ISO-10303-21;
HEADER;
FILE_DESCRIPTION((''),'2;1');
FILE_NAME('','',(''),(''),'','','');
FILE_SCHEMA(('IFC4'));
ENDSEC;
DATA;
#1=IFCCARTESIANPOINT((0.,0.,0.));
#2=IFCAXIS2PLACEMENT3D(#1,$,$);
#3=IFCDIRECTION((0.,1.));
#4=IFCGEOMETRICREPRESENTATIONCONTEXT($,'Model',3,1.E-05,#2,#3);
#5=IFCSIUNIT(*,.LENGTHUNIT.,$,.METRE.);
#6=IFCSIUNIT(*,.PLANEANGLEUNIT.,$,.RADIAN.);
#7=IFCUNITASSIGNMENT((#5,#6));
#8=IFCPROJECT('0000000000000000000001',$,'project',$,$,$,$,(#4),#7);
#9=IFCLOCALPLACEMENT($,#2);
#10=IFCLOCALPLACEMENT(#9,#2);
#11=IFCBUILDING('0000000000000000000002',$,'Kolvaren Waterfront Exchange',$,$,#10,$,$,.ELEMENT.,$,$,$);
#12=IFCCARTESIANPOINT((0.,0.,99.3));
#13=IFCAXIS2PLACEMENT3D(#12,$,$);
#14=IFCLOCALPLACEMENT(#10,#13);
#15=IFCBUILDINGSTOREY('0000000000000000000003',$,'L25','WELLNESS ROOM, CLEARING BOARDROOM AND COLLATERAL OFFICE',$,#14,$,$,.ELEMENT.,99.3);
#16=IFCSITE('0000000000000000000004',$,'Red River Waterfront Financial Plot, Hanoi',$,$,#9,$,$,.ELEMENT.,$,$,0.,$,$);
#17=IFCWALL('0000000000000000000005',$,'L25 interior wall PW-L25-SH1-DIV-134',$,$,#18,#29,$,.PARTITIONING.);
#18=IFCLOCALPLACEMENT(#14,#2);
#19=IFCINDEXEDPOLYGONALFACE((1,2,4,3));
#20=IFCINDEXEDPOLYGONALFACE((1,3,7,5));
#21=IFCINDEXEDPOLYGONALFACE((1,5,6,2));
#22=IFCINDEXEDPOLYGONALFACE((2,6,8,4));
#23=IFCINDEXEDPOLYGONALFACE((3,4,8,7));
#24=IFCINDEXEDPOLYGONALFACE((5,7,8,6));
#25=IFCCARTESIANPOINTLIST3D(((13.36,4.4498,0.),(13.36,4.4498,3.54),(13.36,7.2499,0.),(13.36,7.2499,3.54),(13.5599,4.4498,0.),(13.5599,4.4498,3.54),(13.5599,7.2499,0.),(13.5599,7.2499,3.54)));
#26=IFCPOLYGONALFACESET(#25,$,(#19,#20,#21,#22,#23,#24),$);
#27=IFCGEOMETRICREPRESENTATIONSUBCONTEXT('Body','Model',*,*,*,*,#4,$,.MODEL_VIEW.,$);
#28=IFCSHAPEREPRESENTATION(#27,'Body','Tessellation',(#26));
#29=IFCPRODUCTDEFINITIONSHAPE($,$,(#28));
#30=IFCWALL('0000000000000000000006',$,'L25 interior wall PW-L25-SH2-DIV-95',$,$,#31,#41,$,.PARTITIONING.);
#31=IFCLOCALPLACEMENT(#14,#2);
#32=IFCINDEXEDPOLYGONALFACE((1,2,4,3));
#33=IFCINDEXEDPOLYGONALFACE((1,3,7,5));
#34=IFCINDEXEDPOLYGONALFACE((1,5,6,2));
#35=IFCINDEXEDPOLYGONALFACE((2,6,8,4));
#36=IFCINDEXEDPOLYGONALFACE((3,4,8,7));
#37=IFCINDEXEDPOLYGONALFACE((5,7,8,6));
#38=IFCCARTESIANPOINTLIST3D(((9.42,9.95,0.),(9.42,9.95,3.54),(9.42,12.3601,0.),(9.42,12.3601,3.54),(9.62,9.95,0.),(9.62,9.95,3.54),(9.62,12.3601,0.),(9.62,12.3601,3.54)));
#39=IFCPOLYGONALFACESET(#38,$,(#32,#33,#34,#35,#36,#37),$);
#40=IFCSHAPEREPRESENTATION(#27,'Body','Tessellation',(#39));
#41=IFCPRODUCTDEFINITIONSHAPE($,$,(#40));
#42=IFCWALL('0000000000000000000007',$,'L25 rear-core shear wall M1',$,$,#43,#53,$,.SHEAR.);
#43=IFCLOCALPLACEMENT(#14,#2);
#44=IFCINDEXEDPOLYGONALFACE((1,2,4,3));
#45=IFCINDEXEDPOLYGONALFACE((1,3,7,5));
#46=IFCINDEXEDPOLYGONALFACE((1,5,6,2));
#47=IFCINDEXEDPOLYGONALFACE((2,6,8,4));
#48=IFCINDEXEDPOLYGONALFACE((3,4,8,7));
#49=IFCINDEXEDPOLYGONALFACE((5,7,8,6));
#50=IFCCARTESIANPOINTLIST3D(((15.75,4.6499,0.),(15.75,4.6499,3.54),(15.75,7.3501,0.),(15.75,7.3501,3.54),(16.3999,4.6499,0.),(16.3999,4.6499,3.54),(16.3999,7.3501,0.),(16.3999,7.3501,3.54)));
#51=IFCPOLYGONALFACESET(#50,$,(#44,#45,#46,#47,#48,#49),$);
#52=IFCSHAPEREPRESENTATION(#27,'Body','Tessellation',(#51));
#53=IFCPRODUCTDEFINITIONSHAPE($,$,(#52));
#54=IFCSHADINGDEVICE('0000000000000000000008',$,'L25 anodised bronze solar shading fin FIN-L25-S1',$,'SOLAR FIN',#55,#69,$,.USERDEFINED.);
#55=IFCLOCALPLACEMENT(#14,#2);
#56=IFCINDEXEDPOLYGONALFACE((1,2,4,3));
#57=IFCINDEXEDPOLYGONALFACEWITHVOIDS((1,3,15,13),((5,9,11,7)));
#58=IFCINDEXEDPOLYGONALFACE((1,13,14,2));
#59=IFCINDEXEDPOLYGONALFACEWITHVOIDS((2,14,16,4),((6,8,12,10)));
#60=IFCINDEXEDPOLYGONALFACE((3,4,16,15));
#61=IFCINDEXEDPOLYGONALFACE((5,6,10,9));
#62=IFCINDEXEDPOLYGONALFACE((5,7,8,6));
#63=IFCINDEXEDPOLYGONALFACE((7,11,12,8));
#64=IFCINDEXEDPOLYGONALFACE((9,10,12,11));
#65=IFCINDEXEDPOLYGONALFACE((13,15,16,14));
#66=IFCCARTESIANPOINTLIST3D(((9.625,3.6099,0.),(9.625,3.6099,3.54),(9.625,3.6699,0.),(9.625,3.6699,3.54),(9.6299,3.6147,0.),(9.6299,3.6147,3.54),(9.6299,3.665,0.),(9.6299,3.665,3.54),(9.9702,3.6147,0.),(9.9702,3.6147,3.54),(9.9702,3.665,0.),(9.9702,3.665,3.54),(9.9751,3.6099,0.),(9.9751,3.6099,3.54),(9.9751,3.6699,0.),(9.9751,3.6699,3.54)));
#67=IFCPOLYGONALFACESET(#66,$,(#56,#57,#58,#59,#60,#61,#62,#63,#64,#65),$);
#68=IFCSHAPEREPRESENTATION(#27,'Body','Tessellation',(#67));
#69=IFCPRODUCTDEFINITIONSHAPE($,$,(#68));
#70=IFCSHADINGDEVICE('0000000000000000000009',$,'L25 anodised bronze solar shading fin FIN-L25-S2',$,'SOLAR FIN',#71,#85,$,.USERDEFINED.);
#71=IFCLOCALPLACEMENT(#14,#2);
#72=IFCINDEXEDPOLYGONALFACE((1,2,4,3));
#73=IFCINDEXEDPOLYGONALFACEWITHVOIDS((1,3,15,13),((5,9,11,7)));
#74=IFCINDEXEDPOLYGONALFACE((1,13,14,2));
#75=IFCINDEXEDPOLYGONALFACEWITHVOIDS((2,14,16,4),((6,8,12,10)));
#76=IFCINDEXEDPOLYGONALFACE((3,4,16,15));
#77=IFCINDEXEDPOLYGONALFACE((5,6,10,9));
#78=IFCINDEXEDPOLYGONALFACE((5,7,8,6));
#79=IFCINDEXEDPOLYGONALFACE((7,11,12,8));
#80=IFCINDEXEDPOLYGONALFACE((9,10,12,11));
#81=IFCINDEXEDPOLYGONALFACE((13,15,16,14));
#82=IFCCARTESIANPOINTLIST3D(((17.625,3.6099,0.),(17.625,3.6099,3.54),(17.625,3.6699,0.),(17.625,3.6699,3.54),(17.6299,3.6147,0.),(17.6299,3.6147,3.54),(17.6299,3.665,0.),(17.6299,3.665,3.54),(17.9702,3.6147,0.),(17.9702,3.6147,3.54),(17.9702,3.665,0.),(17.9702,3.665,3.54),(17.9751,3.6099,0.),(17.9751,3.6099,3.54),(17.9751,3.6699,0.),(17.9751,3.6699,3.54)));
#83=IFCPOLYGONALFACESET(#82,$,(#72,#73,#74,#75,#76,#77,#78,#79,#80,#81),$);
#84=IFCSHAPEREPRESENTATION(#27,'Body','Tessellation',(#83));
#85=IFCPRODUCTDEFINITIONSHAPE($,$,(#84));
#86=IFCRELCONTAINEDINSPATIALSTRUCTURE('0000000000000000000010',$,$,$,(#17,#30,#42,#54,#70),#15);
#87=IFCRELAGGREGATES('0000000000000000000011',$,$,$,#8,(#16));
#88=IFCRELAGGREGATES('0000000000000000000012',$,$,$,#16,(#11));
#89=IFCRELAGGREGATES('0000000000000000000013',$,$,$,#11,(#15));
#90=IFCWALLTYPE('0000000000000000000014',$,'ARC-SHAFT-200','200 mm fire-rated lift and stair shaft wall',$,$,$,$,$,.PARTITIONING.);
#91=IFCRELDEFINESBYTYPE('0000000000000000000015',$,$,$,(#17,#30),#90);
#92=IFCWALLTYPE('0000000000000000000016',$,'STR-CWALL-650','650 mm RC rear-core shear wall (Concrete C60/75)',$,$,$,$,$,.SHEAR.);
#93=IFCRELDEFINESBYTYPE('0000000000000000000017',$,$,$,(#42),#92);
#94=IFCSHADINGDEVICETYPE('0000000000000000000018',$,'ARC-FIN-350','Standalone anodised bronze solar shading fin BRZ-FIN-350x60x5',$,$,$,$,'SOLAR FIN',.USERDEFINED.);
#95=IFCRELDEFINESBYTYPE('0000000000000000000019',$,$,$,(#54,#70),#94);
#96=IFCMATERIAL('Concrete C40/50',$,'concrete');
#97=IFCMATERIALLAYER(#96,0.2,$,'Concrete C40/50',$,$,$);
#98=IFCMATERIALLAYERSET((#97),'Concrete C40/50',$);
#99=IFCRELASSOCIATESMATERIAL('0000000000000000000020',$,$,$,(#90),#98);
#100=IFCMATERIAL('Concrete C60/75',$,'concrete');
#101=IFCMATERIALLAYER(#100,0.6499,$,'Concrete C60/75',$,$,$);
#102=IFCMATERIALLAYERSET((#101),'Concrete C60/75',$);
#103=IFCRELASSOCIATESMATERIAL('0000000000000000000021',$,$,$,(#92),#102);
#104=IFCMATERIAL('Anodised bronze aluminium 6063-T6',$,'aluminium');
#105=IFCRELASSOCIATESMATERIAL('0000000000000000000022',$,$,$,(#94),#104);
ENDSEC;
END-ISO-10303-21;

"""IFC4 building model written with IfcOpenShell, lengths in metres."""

from ifc_helpers import new_model, si_unit, direction, frame, frame_2d, origin, origin_2d, place, context, subcontext, project, spatial, rectangle, hollow_rectangle, extrude, material, layer, layer_set, material_profile, profile_set, type_object, element, save


model = new_model("IFC4")

# Units and contexts
model_context = context("Model", 3, precision=1e-05, world=origin(), true_north=direction((0.0, 1.0)))
body_context = subcontext(model_context, "Body", "Model", "MODEL_VIEW")
ifc_project = project(units=[si_unit("LENGTHUNIT", "METRE"), si_unit("PLANEANGLEUNIT", "RADIAN")], contexts=[model_context])

# Site, building, storey
site_placement = place(None, origin())
site = spatial("IfcSite", under=ifc_project, at=site_placement, Name="Red River Waterfront Financial Plot, Hanoi", CompositionType="ELEMENT", RefElevation=0.0)
building_placement = place(site_placement, origin())
building = spatial("IfcBuilding", under=site, at=building_placement, Name="Kolvaren Waterfront Exchange", CompositionType="ELEMENT")
storey_placement = place(building_placement, frame((0.0, 0.0, 99.3)))
storey = spatial("IfcBuildingStorey", under=building, at=storey_placement, Name="L25", Description="WELLNESS ROOM, CLEARING BOARDROOM AND COLLATERAL OFFICE", CompositionType="ELEMENT", Elevation=99.3)

# Shared definitions
ifc_material_1 = material(Name="Concrete C60/75", Category="concrete")

# Shared definitions
ifc_material_2 = material(Name="Anodised bronze aluminium 6063-T6", Category="aluminium")

# Walls
ifc_material_3 = material(Name="Concrete C40/50", Category="concrete")
ifc_layer_1 = layer(ifc_material_3, 0.2, Name="Concrete C40/50")
ifc_layer_set_1 = layer_set([ifc_layer_1], Name="Concrete C40/50")
wall_type_1 = type_object("IfcWallType", Name="ARC-SHAFT-200", Description="200 mm fire-rated lift and stair shaft wall", PredefinedType="PARTITIONING", material=ifc_layer_set_1)
for number, where, z_axis, x_axis, name in (
    (1, (13.46, 4.45, 0.0), (0.0, 0.0, 1.0), (0.0, 1.0, 0.0), "L25 interior wall PW-L25-SH1-DIV-134"),
):
    element("IfcWall", number, at=place(storey_placement, frame(where, z_axis=z_axis, x_axis=x_axis)), inside=storey, type_object=wall_type_1, Name=name, PredefinedType="PARTITIONING", context=body_context, shape_type="SweptSolid", body=[
        extrude(rectangle(XDim=2.8, YDim=0.2, at=frame_2d((1.3999, 0.0))), origin(), (0.0, 0.0, 1.0), 3.54),
    ])
wall_1_placement = place(storey_placement, frame((9.52, 9.95, 0.0), z_axis=(0.0, 0.0, 1.0), x_axis=(0.0, 1.0, 0.0)))
element("IfcWall", 2, at=wall_1_placement, inside=storey, type_object=wall_type_1, Name="L25 interior wall PW-L25-SH2-DIV-95", PredefinedType="PARTITIONING", context=body_context, shape_type="SweptSolid", body=[
    extrude(rectangle(XDim=2.4102, YDim=0.2, at=frame_2d((1.2051, 0.0))), origin(), (0.0, 0.0, 1.0), 3.54),
])
ifc_layer_2 = layer(ifc_material_1, 0.6499, Name="Concrete C60/75")
ifc_layer_set_2 = layer_set([ifc_layer_2], Name="Concrete C60/75")
wall_type_2 = type_object("IfcWallType", Name="STR-CWALL-650", Description="650 mm RC rear-core shear wall (Concrete C60/75)", PredefinedType="SHEAR", material=ifc_layer_set_2)
wall_2_placement = place(storey_placement, frame((16.075, 4.6499, 0.0), z_axis=(0.0, 0.0, 1.0), x_axis=(0.0, 1.0, 0.0)))
element("IfcWall", 3, at=wall_2_placement, inside=storey, type_object=wall_type_2, Name="L25 rear-core shear wall M1", PredefinedType="SHEAR", context=body_context, shape_type="SweptSolid", body=[
    extrude(rectangle(XDim=2.7002, YDim=0.6499, at=frame_2d((1.3501, 0.0))), origin(), (0.0, 0.0, 1.0), 3.54),
])

# Shading devices
ifc_material_profile_1 = material_profile(ifc_material_2, hollow_rectangle(XDim=0.0601, YDim=0.3501, WallThickness=0.0049, at=origin_2d()), Name="BRZ-FIN-350x60x5")
ifc_profile_set_1 = profile_set([ifc_material_profile_1], Name="Anodised bronze aluminium 6063-T6")
shading_device_type = type_object("IfcShadingDeviceType", Name="ARC-FIN-350", Description="Standalone anodised bronze solar shading fin BRZ-FIN-350x60x5", ElementType="SOLAR FIN", PredefinedType="USERDEFINED", material=ifc_profile_set_1)
for number, where, z_axis, x_axis, name in (
    (4, (9.8, 3.6399, 0.0), (0.0, 0.0, 1.0), (0.0, -1.0, 0.0), "L25 anodised bronze solar shading fin FIN-L25-S1"),
    (5, (17.8, 3.6399, 0.0), (0.0, 0.0, 1.0), (0.0, -1.0, 0.0), "L25 anodised bronze solar shading fin FIN-L25-S2"),
):
    element("IfcShadingDevice", number, at=place(storey_placement, frame(where, z_axis=z_axis, x_axis=x_axis)), inside=storey, type_object=shading_device_type, Name=name, ObjectType="SOLAR FIN", PredefinedType="USERDEFINED", context=body_context, shape_type="SweptSolid", body=[
        extrude(hollow_rectangle(XDim=0.0601, YDim=0.3501, WallThickness=0.0049, at=origin_2d()), origin(), (0.0, 0.0, 1.0), 3.54),
    ])

save(model, "model.ifc")
